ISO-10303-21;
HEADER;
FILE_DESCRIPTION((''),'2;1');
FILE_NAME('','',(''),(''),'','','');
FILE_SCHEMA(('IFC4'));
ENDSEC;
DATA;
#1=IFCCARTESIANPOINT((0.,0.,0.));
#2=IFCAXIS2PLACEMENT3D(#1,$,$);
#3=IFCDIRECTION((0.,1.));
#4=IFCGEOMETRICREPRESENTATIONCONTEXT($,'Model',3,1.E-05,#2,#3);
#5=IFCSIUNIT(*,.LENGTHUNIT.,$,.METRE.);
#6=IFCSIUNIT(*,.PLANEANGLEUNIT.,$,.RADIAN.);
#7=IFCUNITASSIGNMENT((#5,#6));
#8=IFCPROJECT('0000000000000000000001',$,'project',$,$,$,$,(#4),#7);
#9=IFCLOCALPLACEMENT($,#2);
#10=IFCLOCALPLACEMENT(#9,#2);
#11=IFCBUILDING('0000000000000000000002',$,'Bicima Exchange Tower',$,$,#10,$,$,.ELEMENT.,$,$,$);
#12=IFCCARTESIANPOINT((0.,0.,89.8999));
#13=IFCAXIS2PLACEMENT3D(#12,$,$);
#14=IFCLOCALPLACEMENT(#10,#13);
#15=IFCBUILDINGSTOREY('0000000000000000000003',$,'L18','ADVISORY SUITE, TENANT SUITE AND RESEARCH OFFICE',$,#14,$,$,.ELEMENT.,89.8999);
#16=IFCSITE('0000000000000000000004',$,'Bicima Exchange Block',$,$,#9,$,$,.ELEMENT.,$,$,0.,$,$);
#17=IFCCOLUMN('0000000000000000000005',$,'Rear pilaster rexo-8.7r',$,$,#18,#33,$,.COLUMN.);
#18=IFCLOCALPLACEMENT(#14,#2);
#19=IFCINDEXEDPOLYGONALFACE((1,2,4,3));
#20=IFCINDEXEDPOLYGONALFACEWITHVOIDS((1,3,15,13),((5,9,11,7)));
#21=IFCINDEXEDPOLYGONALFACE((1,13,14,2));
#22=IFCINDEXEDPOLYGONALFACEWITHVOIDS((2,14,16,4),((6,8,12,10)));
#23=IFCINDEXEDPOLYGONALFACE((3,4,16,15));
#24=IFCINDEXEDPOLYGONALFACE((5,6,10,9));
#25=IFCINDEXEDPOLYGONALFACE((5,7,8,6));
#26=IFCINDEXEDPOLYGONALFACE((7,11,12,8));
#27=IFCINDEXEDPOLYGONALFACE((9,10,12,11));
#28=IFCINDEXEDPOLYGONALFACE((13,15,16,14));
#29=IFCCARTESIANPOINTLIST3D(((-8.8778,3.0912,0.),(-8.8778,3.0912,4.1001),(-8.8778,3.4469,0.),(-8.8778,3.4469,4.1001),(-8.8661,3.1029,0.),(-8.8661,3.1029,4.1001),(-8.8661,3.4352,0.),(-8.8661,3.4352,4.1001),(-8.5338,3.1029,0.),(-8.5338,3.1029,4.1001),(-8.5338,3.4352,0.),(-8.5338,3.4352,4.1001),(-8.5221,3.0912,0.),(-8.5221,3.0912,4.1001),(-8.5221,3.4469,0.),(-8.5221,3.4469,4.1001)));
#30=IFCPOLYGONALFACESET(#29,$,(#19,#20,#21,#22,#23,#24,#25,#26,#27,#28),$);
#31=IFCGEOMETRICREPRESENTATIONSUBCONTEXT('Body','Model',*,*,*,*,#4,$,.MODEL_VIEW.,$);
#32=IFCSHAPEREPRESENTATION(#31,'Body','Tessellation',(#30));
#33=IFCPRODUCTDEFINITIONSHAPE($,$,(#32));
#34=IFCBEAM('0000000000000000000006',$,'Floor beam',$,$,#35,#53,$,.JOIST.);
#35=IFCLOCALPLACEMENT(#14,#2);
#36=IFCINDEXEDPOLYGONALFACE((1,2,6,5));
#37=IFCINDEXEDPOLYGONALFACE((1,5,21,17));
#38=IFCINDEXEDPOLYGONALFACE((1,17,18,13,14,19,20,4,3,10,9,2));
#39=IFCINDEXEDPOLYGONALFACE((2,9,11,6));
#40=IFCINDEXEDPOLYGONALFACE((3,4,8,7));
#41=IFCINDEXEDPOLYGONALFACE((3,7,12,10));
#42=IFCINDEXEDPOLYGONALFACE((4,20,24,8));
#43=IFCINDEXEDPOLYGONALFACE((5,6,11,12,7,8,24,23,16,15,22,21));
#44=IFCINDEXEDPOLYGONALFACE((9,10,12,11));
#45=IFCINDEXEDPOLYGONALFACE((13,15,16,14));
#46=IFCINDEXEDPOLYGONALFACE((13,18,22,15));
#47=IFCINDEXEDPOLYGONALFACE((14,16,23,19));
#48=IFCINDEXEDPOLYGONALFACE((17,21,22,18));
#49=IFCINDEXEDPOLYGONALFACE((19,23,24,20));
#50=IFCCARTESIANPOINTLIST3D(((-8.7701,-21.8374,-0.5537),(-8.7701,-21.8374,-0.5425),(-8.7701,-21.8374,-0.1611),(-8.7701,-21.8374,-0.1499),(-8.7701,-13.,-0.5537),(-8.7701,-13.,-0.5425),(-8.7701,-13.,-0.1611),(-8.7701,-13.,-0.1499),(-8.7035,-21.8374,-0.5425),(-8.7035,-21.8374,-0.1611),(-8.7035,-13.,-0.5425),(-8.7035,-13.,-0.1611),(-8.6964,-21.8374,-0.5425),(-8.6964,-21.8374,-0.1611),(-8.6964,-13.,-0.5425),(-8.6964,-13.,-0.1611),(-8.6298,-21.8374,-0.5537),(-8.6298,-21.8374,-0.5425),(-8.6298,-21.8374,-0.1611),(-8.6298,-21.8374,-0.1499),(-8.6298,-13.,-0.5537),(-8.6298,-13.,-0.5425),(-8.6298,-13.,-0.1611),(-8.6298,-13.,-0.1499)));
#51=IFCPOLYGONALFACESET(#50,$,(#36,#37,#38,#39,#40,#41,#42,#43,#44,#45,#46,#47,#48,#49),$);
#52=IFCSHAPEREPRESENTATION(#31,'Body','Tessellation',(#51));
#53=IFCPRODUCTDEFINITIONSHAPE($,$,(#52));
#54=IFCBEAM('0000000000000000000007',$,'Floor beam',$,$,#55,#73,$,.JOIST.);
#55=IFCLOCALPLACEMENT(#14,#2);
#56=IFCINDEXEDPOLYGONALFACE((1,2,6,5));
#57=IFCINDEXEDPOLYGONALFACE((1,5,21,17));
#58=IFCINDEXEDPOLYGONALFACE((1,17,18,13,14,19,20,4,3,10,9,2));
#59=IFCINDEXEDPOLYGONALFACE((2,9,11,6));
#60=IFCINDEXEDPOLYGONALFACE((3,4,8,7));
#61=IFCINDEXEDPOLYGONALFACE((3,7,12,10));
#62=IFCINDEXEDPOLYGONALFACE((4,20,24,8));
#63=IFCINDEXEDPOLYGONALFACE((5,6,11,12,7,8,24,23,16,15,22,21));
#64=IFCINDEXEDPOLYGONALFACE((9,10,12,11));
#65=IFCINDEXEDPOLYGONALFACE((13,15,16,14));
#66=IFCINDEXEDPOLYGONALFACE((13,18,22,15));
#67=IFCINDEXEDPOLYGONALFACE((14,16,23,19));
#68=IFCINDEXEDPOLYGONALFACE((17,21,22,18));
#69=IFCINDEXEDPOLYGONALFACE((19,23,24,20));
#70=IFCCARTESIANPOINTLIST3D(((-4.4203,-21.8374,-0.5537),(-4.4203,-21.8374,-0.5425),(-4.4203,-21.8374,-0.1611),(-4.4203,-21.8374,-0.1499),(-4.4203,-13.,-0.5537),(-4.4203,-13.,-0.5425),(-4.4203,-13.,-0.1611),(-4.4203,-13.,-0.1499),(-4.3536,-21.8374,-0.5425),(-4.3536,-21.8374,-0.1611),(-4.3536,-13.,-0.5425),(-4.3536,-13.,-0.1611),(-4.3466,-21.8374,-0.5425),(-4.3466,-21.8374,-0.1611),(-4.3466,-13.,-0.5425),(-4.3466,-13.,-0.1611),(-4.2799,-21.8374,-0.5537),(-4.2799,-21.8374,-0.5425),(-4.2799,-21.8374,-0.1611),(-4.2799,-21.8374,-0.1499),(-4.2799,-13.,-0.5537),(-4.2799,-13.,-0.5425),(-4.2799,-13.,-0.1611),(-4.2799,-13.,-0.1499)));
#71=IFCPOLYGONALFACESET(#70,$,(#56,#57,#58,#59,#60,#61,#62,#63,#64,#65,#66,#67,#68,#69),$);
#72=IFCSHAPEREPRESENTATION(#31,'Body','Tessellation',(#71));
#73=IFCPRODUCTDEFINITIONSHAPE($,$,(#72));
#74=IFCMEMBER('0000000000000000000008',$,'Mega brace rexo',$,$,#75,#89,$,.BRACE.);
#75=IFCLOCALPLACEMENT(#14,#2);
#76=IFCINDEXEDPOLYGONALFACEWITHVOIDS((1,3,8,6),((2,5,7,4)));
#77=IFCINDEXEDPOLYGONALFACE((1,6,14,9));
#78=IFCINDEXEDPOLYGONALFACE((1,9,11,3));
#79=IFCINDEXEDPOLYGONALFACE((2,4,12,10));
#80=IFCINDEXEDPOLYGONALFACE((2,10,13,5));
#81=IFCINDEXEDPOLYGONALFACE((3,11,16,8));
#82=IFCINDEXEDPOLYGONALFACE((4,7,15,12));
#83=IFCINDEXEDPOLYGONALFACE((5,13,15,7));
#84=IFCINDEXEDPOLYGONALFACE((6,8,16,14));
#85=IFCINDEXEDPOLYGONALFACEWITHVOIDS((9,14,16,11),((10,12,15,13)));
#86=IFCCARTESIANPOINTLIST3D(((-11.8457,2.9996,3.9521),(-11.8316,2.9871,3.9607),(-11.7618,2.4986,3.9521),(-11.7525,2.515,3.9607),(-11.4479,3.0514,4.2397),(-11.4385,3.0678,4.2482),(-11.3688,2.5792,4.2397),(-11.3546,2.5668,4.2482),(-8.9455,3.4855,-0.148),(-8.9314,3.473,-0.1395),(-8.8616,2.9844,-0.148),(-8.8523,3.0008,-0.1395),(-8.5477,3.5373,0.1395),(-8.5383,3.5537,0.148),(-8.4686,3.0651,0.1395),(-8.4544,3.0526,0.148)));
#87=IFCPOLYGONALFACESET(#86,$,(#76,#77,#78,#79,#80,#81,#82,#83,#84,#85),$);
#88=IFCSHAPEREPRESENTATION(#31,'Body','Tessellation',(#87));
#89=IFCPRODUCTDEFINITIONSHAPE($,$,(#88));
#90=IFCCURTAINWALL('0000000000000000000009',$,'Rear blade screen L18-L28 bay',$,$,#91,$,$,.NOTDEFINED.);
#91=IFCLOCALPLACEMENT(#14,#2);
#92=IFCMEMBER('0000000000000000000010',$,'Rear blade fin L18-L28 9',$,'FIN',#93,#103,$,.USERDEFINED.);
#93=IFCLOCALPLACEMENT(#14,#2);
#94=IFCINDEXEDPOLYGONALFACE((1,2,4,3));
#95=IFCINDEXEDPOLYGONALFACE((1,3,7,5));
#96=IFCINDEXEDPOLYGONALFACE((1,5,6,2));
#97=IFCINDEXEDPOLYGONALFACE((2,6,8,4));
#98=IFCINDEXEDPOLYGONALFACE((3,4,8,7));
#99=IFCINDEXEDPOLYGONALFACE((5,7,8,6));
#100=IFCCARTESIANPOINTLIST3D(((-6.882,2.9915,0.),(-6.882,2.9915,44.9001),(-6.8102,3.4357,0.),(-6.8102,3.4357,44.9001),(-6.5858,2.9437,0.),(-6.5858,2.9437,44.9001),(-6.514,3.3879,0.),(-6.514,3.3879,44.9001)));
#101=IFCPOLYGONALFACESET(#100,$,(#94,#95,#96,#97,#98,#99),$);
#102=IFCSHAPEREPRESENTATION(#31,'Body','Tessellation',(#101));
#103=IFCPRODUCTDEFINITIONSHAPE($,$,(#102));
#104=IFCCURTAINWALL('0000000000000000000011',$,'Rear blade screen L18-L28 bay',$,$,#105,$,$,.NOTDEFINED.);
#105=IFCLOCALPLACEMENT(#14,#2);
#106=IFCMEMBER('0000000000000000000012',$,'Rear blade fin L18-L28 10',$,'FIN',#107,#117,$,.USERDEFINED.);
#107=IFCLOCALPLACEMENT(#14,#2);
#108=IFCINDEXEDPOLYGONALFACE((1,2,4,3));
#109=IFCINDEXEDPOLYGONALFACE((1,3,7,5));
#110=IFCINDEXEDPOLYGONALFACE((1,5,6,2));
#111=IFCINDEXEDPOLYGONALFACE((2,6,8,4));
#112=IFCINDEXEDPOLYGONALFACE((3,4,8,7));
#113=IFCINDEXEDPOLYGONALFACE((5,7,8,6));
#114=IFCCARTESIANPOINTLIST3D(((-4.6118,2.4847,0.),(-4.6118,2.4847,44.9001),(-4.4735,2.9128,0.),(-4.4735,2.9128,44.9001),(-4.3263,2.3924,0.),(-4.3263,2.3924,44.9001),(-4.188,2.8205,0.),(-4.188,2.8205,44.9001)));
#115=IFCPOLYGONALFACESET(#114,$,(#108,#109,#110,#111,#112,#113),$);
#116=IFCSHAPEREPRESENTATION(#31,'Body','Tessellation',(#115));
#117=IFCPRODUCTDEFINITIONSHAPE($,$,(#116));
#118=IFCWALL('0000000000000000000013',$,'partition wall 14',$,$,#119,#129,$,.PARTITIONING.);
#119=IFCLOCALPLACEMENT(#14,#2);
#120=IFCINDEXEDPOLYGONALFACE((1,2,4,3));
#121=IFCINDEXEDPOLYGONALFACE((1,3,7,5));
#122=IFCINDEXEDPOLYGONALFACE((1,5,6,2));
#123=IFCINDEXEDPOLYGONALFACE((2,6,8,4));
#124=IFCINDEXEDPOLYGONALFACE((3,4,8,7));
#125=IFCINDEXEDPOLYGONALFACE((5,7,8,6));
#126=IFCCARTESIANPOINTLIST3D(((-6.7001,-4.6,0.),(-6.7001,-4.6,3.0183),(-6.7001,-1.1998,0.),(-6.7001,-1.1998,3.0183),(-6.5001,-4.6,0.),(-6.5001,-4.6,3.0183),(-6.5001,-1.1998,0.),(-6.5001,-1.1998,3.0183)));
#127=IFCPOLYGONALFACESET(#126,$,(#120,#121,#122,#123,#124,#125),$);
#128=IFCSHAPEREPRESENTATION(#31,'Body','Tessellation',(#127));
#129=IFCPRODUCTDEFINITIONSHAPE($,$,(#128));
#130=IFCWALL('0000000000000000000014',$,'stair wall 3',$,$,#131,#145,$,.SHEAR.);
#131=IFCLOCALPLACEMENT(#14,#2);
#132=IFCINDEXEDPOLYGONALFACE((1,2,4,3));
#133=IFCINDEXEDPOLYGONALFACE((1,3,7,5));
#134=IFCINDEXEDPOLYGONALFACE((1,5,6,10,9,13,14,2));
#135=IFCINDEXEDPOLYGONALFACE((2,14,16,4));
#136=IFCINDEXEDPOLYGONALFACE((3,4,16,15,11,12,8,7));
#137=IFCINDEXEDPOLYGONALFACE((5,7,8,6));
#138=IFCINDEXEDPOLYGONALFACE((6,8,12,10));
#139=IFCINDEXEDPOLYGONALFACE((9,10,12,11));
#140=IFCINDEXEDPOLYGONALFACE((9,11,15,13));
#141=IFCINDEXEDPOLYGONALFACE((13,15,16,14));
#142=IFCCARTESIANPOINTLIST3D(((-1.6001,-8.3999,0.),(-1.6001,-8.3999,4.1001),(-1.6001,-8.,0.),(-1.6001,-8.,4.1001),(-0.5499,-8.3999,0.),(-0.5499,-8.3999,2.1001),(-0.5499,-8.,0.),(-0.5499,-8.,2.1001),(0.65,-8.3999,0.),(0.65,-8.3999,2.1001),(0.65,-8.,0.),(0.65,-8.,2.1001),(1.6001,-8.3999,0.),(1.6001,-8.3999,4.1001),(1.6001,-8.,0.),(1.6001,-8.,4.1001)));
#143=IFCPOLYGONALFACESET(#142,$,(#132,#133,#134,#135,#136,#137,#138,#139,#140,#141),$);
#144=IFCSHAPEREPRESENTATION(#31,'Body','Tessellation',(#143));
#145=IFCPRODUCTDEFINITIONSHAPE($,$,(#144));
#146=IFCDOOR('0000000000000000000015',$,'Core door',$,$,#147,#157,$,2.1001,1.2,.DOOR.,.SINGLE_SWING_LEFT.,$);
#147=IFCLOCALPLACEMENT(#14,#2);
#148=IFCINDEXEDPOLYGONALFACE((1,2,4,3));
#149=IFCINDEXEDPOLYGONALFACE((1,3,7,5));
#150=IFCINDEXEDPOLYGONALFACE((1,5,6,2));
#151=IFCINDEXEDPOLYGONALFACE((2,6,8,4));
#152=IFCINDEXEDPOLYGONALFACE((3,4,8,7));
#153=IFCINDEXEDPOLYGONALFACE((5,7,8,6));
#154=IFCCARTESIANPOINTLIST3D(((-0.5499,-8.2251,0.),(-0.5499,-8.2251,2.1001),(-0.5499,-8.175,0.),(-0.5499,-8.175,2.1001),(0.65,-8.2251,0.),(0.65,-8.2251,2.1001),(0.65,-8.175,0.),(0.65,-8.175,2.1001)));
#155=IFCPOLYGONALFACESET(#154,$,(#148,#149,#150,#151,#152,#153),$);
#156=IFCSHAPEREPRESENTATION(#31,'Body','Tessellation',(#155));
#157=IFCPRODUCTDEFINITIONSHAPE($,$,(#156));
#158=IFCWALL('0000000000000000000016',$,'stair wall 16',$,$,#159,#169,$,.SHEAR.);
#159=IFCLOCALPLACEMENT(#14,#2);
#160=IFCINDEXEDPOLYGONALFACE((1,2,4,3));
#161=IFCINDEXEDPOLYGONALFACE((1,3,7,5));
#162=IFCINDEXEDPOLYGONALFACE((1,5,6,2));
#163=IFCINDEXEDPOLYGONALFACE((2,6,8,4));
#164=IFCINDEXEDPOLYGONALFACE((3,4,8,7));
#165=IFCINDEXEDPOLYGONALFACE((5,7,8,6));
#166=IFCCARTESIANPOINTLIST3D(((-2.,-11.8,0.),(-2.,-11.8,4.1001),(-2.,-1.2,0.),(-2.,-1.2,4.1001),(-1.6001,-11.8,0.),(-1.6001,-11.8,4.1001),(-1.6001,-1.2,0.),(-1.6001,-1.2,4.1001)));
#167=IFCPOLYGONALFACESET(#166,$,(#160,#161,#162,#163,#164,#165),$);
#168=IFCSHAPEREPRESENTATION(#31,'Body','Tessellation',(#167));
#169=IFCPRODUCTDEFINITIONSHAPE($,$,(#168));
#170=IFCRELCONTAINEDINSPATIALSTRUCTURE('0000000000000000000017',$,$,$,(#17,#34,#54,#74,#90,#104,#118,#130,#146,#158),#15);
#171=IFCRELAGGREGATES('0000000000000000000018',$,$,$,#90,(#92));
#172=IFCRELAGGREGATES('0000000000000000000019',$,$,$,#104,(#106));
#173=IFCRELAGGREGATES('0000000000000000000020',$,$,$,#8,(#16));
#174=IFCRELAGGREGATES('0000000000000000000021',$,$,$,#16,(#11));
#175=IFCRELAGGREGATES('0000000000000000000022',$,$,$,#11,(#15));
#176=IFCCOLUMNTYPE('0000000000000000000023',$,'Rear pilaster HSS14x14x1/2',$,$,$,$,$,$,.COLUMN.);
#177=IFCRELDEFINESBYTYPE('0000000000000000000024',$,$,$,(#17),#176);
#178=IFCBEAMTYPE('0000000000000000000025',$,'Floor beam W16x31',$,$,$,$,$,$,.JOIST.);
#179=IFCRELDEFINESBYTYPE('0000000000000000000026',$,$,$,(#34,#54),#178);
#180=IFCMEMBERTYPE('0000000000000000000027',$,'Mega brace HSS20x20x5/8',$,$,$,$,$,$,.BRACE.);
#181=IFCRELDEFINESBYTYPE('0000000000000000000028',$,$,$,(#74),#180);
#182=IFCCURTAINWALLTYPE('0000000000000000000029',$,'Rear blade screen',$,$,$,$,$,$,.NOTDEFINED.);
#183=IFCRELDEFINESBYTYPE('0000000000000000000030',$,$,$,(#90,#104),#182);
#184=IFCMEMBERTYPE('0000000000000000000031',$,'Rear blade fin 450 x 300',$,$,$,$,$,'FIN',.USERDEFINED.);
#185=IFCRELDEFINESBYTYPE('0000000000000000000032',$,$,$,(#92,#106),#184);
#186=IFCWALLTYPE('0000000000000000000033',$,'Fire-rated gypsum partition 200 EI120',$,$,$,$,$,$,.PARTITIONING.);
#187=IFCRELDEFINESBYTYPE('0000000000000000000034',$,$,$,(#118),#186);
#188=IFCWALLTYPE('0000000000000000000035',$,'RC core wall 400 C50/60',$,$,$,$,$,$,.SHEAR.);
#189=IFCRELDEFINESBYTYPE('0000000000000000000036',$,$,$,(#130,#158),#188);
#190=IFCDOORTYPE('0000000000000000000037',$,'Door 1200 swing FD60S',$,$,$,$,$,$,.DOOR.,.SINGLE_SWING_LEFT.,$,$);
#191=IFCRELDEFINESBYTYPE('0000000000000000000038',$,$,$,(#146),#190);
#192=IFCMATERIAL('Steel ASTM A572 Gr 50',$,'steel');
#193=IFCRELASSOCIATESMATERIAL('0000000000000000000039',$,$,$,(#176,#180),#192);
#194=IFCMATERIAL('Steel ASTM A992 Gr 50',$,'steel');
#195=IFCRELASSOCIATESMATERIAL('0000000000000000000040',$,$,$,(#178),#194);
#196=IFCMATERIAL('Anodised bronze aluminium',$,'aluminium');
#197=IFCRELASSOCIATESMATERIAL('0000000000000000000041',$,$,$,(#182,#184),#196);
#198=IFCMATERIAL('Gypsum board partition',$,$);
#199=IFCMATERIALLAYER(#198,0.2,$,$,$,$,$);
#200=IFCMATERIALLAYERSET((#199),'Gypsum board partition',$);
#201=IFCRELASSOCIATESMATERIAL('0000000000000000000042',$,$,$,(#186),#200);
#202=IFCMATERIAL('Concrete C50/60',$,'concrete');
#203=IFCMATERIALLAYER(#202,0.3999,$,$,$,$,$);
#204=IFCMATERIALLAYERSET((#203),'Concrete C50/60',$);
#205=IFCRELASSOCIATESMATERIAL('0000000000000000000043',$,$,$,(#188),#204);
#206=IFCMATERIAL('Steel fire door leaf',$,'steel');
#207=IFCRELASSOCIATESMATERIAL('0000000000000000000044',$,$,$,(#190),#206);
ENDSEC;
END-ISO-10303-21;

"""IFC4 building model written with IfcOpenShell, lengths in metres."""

from ifc_helpers import new_model, si_unit, direction, frame, frame_2d, origin, origin_2d, place, context, subcontext, project, spatial, rectangle, hollow_rectangle, i_section, extrude, material, layer, layer_set, material_profile, profile_set, type_object, element, fill, aggregate, save


model = new_model("IFC4")

# Units and contexts
model_context = context("Model", 3, precision=1e-05, world=origin(), true_north=direction((0.0, 1.0)))
body_context = subcontext(model_context, "Body", "Model", "MODEL_VIEW")
ifc_project = project(units=[si_unit("LENGTHUNIT", "METRE"), si_unit("PLANEANGLEUNIT", "RADIAN")], contexts=[model_context])

# Site, building, storey
site_placement = place(None, origin())
site = spatial("IfcSite", under=ifc_project, at=site_placement, Name="Bicima Exchange Block", CompositionType="ELEMENT", RefElevation=0.0)
building_placement = place(site_placement, origin())
building = spatial("IfcBuilding", under=site, at=building_placement, Name="Bicima Exchange Tower", CompositionType="ELEMENT")
storey_placement = place(building_placement, frame((0.0, 0.0, 89.8999)))
storey = spatial("IfcBuildingStorey", under=building, at=storey_placement, Name="L18", Description="ADVISORY SUITE, TENANT SUITE AND RESEARCH OFFICE", CompositionType="ELEMENT", Elevation=89.8999)

# Column
ifc_material_1 = material(Name="Steel ASTM A572 Gr 50", Category="steel")
ifc_material_profile_1 = material_profile(ifc_material_1, hollow_rectangle(XDim=0.3557, YDim=0.3557, WallThickness=0.0117, at=origin_2d()))
ifc_profile_set_1 = profile_set([ifc_material_profile_1], Name="Steel ASTM A572 Gr 50")
column_type = type_object("IfcColumnType", Name="Rear pilaster HSS14x14x1/2", PredefinedType="COLUMN", material=ifc_profile_set_1)
column_placement = place(storey_placement, frame((-8.7, 3.269, 0.0), z_axis=(0.0, 0.0, 1.0), x_axis=(1.0, 0.0, 0.0)))
element("IfcColumn", 1, at=column_placement, inside=storey, type_object=column_type, Name="Rear pilaster rexo-8.7r", PredefinedType="COLUMN", context=body_context, shape_type="SweptSolid", body=[
    extrude(hollow_rectangle(XDim=0.3557, YDim=0.3557, WallThickness=0.0117, at=origin_2d()), origin(), (0.0, 0.0, 1.0), 4.1001),
])

# Beams
ifc_material_2 = material(Name="Steel ASTM A992 Gr 50", Category="steel")
ifc_material_profile_2 = material_profile(ifc_material_2, i_section(OverallWidth=0.1404, OverallDepth=0.4038, WebThickness=0.0071, FlangeThickness=0.0112, at=origin_2d()))
ifc_profile_set_2 = profile_set([ifc_material_profile_2], Name="Steel ASTM A992 Gr 50")
beam_type = type_object("IfcBeamType", Name="Floor beam W16x31", PredefinedType="JOIST", material=ifc_profile_set_2)
for number, where, z_axis, x_axis, name in (
    (2, (-8.7, -13.0, -0.3518), (0.0, -1.0, 0.0), (1.0, 0.0, 0.0), "Floor beam"),
    (3, (-4.3501, -13.0, -0.3518), (0.0, -1.0, 0.0), (1.0, 0.0, 0.0), "Floor beam"),
):
    element("IfcBeam", number, at=place(storey_placement, frame(where, z_axis=z_axis, x_axis=x_axis)), inside=storey, type_object=beam_type, Name=name, PredefinedType="JOIST", context=body_context, shape_type="SweptSolid", body=[
        extrude(i_section(OverallWidth=0.1404, OverallDepth=0.4038, WebThickness=0.0071, FlangeThickness=0.0112, at=origin_2d()), origin(), (0.0, 0.0, 1.0), 8.8374),
    ])

# Member
ifc_material_profile_3 = material_profile(ifc_material_1, hollow_rectangle(XDim=0.5081, YDim=0.5081, WallThickness=0.0146, at=origin_2d()))
ifc_profile_set_3 = profile_set([ifc_material_profile_3], Name="Steel ASTM A572 Gr 50")
member_type_1 = type_object("IfcMemberType", Name="Mega brace HSS20x20x5/8", PredefinedType="BRACE", material=ifc_profile_set_3)
member_1_placement = place(storey_placement, frame((-8.7, 3.269, 0.0), z_axis=(-0.574792, -0.096291, 0.812615), x_axis=(0.16522, -0.986257, 0.0)))
element("IfcMember", 4, at=member_1_placement, inside=storey, type_object=member_type_1, Name="Mega brace rexo", PredefinedType="BRACE", context=body_context, shape_type="SweptSolid", body=[
    extrude(hollow_rectangle(XDim=0.5081, YDim=0.5081, WallThickness=0.0146, at=origin_2d()), origin(), (0.0, 0.0, 1.0), 5.0457),
])

# Curtain walls, members
ifc_material_3 = material(Name="Anodised bronze aluminium", Category="aluminium")
curtain_wall_type = type_object("IfcCurtainWallType", Name="Rear blade screen", PredefinedType="NOTDEFINED", material=ifc_material_3)
curtain_wall_1_placement = place(storey_placement, origin())
curtain_wall_1 = element("IfcCurtainWall", 5, at=curtain_wall_1_placement, inside=storey, type_object=curtain_wall_type, Name="Rear blade screen L18-L28 bay", PredefinedType="NOTDEFINED")
ifc_material_profile_4 = material_profile(ifc_material_3, rectangle(XDim=0.45, YDim=0.3, at=origin_2d()))
ifc_profile_set_4 = profile_set([ifc_material_profile_4], Name="Anodised bronze aluminium")
member_type_2 = type_object("IfcMemberType", Name="Rear blade fin 450 x 300", ElementType="FIN", PredefinedType="USERDEFINED", material=ifc_profile_set_4)
member_2_placement = place(storey_placement, frame((-6.698, 3.1897, 0.0), z_axis=(0.0, 0.0, 1.0), x_axis=(0.159549, 0.98719, 0.0)))
member_2 = element("IfcMember", 6, at=member_2_placement, type_object=member_type_2, Name="Rear blade fin L18-L28 9", ObjectType="FIN", PredefinedType="USERDEFINED", context=body_context, shape_type="SweptSolid", body=[
    extrude(rectangle(XDim=0.45, YDim=0.3, at=origin_2d()), origin(), (0.0, 0.0, 1.0), 44.9001),
])
aggregate(curtain_wall_1, [member_2])
curtain_wall_2_placement = place(storey_placement, origin())
curtain_wall_2 = element("IfcCurtainWall", 7, at=curtain_wall_2_placement, inside=storey, type_object=curtain_wall_type, Name="Rear blade screen L18-L28 bay", PredefinedType="NOTDEFINED")
member_3_placement = place(storey_placement, frame((-4.3999, 2.6526, 0.0), z_axis=(0.0, 0.0, 1.0), x_axis=(0.307568, 0.951526, 0.0)))
member_3 = element("IfcMember", 8, at=member_3_placement, type_object=member_type_2, Name="Rear blade fin L18-L28 10", ObjectType="FIN", PredefinedType="USERDEFINED", context=body_context, shape_type="SweptSolid", body=[
    extrude(rectangle(XDim=0.45, YDim=0.3, at=origin_2d()), origin(), (0.0, 0.0, 1.0), 44.9001),
])
aggregate(curtain_wall_2, [member_3])

# Wall
ifc_material_4 = material(Name="Gypsum board partition")
ifc_layer_1 = layer(ifc_material_4, 0.2)
ifc_layer_set_1 = layer_set([ifc_layer_1], Name="Gypsum board partition")
wall_type_1 = type_object("IfcWallType", Name="Fire-rated gypsum partition 200 EI120", PredefinedType="PARTITIONING", material=ifc_layer_set_1)
wall_1_placement = place(storey_placement, frame((-6.6001, -4.6001, 0.0), z_axis=(0.0, 0.0, 1.0), x_axis=(0.0, 1.0, 0.0)))
element("IfcWall", 9, at=wall_1_placement, inside=storey, type_object=wall_type_1, Name="partition wall 14", PredefinedType="PARTITIONING", context=body_context, shape_type="SweptSolid", body=[
    extrude(rectangle(XDim=3.4001, YDim=0.2, at=frame_2d((1.7002, 0.0))), origin(), (0.0, 0.0, 1.0), 3.0183),
])

# Wall, opening, door
ifc_material_5 = material(Name="Concrete C50/60", Category="concrete")
ifc_layer_2 = layer(ifc_material_5, 0.3999)
ifc_layer_set_2 = layer_set([ifc_layer_2], Name="Concrete C50/60")
wall_type_2 = type_object("IfcWallType", Name="RC core wall 400 C50/60", PredefinedType="SHEAR", material=ifc_layer_set_2)
wall_2_placement = place(storey_placement, frame((-1.6001, -8.2, 0.0), z_axis=(0.0, 0.0, 1.0), x_axis=(1.0, 0.0, 0.0)))
wall_2 = element("IfcWall", 10, at=wall_2_placement, inside=storey, type_object=wall_type_2, Name="stair wall 3", PredefinedType="SHEAR", context=body_context, shape_type="SweptSolid", body=[
    extrude(rectangle(XDim=3.2002, YDim=0.3999, at=frame_2d((1.6001, 0.0))), origin(), (0.0, 0.0, 1.0), 4.1001),
])
opening_1_placement = place(wall_2_placement, frame((1.05, 0.0, 0.0)))
opening_1 = element("IfcOpeningElement", 11, at=opening_1_placement, cuts=wall_2, PredefinedType="OPENING", context=body_context, shape_type="SweptSolid", body=[
    extrude(rectangle(XDim=1.2, YDim=2.1001, at=frame_2d((0.6001, 1.05))), frame((0.0, 0.2119, 0.0), z_axis=(0.0, -1.0, 0.0), x_axis=(1.0, 0.0, 0.0)), (0.0, 0.0, 1.0), 0.4238),
])
ifc_material_6 = material(Name="Steel fire door leaf", Category="steel")
door_type_1 = type_object("IfcDoorType", Name="Door 1200 swing FD60S", OperationType="SINGLE_SWING_LEFT", PredefinedType="DOOR", material=ifc_material_6)
door_1_placement = place(opening_1_placement, origin())
door_1 = element("IfcDoor", 12, at=door_1_placement, inside=storey, type_object=door_type_1, Name="Core door", OperationType="SINGLE_SWING_LEFT", OverallHeight=2.1001, OverallWidth=1.2, PredefinedType="DOOR", context=body_context, shape_type="SweptSolid", body=[
    extrude(rectangle(XDim=1.2, YDim=2.1001, at=frame_2d((0.6001, 1.05))), frame((0.0, 0.0249, 0.0), z_axis=(0.0, -1.0, 0.0), x_axis=(1.0, 0.0, 0.0)), (0.0, 0.0, 1.0), 0.05),
])
fill(opening_1, door_1)

# Wall
wall_3_placement = place(storey_placement, frame((-1.8, -11.8, 0.0), z_axis=(0.0, 0.0, 1.0), x_axis=(0.0, 1.0, 0.0)))
element("IfcWall", 13, at=wall_3_placement, inside=storey, type_object=wall_type_2, Name="stair wall 16", PredefinedType="SHEAR", context=body_context, shape_type="SweptSolid", body=[
    extrude(rectangle(XDim=10.6001, YDim=0.3999, at=frame_2d((5.3, 0.0))), origin(), (0.0, 0.0, 1.0), 4.1001),
])

save(model, "model.ifc")
